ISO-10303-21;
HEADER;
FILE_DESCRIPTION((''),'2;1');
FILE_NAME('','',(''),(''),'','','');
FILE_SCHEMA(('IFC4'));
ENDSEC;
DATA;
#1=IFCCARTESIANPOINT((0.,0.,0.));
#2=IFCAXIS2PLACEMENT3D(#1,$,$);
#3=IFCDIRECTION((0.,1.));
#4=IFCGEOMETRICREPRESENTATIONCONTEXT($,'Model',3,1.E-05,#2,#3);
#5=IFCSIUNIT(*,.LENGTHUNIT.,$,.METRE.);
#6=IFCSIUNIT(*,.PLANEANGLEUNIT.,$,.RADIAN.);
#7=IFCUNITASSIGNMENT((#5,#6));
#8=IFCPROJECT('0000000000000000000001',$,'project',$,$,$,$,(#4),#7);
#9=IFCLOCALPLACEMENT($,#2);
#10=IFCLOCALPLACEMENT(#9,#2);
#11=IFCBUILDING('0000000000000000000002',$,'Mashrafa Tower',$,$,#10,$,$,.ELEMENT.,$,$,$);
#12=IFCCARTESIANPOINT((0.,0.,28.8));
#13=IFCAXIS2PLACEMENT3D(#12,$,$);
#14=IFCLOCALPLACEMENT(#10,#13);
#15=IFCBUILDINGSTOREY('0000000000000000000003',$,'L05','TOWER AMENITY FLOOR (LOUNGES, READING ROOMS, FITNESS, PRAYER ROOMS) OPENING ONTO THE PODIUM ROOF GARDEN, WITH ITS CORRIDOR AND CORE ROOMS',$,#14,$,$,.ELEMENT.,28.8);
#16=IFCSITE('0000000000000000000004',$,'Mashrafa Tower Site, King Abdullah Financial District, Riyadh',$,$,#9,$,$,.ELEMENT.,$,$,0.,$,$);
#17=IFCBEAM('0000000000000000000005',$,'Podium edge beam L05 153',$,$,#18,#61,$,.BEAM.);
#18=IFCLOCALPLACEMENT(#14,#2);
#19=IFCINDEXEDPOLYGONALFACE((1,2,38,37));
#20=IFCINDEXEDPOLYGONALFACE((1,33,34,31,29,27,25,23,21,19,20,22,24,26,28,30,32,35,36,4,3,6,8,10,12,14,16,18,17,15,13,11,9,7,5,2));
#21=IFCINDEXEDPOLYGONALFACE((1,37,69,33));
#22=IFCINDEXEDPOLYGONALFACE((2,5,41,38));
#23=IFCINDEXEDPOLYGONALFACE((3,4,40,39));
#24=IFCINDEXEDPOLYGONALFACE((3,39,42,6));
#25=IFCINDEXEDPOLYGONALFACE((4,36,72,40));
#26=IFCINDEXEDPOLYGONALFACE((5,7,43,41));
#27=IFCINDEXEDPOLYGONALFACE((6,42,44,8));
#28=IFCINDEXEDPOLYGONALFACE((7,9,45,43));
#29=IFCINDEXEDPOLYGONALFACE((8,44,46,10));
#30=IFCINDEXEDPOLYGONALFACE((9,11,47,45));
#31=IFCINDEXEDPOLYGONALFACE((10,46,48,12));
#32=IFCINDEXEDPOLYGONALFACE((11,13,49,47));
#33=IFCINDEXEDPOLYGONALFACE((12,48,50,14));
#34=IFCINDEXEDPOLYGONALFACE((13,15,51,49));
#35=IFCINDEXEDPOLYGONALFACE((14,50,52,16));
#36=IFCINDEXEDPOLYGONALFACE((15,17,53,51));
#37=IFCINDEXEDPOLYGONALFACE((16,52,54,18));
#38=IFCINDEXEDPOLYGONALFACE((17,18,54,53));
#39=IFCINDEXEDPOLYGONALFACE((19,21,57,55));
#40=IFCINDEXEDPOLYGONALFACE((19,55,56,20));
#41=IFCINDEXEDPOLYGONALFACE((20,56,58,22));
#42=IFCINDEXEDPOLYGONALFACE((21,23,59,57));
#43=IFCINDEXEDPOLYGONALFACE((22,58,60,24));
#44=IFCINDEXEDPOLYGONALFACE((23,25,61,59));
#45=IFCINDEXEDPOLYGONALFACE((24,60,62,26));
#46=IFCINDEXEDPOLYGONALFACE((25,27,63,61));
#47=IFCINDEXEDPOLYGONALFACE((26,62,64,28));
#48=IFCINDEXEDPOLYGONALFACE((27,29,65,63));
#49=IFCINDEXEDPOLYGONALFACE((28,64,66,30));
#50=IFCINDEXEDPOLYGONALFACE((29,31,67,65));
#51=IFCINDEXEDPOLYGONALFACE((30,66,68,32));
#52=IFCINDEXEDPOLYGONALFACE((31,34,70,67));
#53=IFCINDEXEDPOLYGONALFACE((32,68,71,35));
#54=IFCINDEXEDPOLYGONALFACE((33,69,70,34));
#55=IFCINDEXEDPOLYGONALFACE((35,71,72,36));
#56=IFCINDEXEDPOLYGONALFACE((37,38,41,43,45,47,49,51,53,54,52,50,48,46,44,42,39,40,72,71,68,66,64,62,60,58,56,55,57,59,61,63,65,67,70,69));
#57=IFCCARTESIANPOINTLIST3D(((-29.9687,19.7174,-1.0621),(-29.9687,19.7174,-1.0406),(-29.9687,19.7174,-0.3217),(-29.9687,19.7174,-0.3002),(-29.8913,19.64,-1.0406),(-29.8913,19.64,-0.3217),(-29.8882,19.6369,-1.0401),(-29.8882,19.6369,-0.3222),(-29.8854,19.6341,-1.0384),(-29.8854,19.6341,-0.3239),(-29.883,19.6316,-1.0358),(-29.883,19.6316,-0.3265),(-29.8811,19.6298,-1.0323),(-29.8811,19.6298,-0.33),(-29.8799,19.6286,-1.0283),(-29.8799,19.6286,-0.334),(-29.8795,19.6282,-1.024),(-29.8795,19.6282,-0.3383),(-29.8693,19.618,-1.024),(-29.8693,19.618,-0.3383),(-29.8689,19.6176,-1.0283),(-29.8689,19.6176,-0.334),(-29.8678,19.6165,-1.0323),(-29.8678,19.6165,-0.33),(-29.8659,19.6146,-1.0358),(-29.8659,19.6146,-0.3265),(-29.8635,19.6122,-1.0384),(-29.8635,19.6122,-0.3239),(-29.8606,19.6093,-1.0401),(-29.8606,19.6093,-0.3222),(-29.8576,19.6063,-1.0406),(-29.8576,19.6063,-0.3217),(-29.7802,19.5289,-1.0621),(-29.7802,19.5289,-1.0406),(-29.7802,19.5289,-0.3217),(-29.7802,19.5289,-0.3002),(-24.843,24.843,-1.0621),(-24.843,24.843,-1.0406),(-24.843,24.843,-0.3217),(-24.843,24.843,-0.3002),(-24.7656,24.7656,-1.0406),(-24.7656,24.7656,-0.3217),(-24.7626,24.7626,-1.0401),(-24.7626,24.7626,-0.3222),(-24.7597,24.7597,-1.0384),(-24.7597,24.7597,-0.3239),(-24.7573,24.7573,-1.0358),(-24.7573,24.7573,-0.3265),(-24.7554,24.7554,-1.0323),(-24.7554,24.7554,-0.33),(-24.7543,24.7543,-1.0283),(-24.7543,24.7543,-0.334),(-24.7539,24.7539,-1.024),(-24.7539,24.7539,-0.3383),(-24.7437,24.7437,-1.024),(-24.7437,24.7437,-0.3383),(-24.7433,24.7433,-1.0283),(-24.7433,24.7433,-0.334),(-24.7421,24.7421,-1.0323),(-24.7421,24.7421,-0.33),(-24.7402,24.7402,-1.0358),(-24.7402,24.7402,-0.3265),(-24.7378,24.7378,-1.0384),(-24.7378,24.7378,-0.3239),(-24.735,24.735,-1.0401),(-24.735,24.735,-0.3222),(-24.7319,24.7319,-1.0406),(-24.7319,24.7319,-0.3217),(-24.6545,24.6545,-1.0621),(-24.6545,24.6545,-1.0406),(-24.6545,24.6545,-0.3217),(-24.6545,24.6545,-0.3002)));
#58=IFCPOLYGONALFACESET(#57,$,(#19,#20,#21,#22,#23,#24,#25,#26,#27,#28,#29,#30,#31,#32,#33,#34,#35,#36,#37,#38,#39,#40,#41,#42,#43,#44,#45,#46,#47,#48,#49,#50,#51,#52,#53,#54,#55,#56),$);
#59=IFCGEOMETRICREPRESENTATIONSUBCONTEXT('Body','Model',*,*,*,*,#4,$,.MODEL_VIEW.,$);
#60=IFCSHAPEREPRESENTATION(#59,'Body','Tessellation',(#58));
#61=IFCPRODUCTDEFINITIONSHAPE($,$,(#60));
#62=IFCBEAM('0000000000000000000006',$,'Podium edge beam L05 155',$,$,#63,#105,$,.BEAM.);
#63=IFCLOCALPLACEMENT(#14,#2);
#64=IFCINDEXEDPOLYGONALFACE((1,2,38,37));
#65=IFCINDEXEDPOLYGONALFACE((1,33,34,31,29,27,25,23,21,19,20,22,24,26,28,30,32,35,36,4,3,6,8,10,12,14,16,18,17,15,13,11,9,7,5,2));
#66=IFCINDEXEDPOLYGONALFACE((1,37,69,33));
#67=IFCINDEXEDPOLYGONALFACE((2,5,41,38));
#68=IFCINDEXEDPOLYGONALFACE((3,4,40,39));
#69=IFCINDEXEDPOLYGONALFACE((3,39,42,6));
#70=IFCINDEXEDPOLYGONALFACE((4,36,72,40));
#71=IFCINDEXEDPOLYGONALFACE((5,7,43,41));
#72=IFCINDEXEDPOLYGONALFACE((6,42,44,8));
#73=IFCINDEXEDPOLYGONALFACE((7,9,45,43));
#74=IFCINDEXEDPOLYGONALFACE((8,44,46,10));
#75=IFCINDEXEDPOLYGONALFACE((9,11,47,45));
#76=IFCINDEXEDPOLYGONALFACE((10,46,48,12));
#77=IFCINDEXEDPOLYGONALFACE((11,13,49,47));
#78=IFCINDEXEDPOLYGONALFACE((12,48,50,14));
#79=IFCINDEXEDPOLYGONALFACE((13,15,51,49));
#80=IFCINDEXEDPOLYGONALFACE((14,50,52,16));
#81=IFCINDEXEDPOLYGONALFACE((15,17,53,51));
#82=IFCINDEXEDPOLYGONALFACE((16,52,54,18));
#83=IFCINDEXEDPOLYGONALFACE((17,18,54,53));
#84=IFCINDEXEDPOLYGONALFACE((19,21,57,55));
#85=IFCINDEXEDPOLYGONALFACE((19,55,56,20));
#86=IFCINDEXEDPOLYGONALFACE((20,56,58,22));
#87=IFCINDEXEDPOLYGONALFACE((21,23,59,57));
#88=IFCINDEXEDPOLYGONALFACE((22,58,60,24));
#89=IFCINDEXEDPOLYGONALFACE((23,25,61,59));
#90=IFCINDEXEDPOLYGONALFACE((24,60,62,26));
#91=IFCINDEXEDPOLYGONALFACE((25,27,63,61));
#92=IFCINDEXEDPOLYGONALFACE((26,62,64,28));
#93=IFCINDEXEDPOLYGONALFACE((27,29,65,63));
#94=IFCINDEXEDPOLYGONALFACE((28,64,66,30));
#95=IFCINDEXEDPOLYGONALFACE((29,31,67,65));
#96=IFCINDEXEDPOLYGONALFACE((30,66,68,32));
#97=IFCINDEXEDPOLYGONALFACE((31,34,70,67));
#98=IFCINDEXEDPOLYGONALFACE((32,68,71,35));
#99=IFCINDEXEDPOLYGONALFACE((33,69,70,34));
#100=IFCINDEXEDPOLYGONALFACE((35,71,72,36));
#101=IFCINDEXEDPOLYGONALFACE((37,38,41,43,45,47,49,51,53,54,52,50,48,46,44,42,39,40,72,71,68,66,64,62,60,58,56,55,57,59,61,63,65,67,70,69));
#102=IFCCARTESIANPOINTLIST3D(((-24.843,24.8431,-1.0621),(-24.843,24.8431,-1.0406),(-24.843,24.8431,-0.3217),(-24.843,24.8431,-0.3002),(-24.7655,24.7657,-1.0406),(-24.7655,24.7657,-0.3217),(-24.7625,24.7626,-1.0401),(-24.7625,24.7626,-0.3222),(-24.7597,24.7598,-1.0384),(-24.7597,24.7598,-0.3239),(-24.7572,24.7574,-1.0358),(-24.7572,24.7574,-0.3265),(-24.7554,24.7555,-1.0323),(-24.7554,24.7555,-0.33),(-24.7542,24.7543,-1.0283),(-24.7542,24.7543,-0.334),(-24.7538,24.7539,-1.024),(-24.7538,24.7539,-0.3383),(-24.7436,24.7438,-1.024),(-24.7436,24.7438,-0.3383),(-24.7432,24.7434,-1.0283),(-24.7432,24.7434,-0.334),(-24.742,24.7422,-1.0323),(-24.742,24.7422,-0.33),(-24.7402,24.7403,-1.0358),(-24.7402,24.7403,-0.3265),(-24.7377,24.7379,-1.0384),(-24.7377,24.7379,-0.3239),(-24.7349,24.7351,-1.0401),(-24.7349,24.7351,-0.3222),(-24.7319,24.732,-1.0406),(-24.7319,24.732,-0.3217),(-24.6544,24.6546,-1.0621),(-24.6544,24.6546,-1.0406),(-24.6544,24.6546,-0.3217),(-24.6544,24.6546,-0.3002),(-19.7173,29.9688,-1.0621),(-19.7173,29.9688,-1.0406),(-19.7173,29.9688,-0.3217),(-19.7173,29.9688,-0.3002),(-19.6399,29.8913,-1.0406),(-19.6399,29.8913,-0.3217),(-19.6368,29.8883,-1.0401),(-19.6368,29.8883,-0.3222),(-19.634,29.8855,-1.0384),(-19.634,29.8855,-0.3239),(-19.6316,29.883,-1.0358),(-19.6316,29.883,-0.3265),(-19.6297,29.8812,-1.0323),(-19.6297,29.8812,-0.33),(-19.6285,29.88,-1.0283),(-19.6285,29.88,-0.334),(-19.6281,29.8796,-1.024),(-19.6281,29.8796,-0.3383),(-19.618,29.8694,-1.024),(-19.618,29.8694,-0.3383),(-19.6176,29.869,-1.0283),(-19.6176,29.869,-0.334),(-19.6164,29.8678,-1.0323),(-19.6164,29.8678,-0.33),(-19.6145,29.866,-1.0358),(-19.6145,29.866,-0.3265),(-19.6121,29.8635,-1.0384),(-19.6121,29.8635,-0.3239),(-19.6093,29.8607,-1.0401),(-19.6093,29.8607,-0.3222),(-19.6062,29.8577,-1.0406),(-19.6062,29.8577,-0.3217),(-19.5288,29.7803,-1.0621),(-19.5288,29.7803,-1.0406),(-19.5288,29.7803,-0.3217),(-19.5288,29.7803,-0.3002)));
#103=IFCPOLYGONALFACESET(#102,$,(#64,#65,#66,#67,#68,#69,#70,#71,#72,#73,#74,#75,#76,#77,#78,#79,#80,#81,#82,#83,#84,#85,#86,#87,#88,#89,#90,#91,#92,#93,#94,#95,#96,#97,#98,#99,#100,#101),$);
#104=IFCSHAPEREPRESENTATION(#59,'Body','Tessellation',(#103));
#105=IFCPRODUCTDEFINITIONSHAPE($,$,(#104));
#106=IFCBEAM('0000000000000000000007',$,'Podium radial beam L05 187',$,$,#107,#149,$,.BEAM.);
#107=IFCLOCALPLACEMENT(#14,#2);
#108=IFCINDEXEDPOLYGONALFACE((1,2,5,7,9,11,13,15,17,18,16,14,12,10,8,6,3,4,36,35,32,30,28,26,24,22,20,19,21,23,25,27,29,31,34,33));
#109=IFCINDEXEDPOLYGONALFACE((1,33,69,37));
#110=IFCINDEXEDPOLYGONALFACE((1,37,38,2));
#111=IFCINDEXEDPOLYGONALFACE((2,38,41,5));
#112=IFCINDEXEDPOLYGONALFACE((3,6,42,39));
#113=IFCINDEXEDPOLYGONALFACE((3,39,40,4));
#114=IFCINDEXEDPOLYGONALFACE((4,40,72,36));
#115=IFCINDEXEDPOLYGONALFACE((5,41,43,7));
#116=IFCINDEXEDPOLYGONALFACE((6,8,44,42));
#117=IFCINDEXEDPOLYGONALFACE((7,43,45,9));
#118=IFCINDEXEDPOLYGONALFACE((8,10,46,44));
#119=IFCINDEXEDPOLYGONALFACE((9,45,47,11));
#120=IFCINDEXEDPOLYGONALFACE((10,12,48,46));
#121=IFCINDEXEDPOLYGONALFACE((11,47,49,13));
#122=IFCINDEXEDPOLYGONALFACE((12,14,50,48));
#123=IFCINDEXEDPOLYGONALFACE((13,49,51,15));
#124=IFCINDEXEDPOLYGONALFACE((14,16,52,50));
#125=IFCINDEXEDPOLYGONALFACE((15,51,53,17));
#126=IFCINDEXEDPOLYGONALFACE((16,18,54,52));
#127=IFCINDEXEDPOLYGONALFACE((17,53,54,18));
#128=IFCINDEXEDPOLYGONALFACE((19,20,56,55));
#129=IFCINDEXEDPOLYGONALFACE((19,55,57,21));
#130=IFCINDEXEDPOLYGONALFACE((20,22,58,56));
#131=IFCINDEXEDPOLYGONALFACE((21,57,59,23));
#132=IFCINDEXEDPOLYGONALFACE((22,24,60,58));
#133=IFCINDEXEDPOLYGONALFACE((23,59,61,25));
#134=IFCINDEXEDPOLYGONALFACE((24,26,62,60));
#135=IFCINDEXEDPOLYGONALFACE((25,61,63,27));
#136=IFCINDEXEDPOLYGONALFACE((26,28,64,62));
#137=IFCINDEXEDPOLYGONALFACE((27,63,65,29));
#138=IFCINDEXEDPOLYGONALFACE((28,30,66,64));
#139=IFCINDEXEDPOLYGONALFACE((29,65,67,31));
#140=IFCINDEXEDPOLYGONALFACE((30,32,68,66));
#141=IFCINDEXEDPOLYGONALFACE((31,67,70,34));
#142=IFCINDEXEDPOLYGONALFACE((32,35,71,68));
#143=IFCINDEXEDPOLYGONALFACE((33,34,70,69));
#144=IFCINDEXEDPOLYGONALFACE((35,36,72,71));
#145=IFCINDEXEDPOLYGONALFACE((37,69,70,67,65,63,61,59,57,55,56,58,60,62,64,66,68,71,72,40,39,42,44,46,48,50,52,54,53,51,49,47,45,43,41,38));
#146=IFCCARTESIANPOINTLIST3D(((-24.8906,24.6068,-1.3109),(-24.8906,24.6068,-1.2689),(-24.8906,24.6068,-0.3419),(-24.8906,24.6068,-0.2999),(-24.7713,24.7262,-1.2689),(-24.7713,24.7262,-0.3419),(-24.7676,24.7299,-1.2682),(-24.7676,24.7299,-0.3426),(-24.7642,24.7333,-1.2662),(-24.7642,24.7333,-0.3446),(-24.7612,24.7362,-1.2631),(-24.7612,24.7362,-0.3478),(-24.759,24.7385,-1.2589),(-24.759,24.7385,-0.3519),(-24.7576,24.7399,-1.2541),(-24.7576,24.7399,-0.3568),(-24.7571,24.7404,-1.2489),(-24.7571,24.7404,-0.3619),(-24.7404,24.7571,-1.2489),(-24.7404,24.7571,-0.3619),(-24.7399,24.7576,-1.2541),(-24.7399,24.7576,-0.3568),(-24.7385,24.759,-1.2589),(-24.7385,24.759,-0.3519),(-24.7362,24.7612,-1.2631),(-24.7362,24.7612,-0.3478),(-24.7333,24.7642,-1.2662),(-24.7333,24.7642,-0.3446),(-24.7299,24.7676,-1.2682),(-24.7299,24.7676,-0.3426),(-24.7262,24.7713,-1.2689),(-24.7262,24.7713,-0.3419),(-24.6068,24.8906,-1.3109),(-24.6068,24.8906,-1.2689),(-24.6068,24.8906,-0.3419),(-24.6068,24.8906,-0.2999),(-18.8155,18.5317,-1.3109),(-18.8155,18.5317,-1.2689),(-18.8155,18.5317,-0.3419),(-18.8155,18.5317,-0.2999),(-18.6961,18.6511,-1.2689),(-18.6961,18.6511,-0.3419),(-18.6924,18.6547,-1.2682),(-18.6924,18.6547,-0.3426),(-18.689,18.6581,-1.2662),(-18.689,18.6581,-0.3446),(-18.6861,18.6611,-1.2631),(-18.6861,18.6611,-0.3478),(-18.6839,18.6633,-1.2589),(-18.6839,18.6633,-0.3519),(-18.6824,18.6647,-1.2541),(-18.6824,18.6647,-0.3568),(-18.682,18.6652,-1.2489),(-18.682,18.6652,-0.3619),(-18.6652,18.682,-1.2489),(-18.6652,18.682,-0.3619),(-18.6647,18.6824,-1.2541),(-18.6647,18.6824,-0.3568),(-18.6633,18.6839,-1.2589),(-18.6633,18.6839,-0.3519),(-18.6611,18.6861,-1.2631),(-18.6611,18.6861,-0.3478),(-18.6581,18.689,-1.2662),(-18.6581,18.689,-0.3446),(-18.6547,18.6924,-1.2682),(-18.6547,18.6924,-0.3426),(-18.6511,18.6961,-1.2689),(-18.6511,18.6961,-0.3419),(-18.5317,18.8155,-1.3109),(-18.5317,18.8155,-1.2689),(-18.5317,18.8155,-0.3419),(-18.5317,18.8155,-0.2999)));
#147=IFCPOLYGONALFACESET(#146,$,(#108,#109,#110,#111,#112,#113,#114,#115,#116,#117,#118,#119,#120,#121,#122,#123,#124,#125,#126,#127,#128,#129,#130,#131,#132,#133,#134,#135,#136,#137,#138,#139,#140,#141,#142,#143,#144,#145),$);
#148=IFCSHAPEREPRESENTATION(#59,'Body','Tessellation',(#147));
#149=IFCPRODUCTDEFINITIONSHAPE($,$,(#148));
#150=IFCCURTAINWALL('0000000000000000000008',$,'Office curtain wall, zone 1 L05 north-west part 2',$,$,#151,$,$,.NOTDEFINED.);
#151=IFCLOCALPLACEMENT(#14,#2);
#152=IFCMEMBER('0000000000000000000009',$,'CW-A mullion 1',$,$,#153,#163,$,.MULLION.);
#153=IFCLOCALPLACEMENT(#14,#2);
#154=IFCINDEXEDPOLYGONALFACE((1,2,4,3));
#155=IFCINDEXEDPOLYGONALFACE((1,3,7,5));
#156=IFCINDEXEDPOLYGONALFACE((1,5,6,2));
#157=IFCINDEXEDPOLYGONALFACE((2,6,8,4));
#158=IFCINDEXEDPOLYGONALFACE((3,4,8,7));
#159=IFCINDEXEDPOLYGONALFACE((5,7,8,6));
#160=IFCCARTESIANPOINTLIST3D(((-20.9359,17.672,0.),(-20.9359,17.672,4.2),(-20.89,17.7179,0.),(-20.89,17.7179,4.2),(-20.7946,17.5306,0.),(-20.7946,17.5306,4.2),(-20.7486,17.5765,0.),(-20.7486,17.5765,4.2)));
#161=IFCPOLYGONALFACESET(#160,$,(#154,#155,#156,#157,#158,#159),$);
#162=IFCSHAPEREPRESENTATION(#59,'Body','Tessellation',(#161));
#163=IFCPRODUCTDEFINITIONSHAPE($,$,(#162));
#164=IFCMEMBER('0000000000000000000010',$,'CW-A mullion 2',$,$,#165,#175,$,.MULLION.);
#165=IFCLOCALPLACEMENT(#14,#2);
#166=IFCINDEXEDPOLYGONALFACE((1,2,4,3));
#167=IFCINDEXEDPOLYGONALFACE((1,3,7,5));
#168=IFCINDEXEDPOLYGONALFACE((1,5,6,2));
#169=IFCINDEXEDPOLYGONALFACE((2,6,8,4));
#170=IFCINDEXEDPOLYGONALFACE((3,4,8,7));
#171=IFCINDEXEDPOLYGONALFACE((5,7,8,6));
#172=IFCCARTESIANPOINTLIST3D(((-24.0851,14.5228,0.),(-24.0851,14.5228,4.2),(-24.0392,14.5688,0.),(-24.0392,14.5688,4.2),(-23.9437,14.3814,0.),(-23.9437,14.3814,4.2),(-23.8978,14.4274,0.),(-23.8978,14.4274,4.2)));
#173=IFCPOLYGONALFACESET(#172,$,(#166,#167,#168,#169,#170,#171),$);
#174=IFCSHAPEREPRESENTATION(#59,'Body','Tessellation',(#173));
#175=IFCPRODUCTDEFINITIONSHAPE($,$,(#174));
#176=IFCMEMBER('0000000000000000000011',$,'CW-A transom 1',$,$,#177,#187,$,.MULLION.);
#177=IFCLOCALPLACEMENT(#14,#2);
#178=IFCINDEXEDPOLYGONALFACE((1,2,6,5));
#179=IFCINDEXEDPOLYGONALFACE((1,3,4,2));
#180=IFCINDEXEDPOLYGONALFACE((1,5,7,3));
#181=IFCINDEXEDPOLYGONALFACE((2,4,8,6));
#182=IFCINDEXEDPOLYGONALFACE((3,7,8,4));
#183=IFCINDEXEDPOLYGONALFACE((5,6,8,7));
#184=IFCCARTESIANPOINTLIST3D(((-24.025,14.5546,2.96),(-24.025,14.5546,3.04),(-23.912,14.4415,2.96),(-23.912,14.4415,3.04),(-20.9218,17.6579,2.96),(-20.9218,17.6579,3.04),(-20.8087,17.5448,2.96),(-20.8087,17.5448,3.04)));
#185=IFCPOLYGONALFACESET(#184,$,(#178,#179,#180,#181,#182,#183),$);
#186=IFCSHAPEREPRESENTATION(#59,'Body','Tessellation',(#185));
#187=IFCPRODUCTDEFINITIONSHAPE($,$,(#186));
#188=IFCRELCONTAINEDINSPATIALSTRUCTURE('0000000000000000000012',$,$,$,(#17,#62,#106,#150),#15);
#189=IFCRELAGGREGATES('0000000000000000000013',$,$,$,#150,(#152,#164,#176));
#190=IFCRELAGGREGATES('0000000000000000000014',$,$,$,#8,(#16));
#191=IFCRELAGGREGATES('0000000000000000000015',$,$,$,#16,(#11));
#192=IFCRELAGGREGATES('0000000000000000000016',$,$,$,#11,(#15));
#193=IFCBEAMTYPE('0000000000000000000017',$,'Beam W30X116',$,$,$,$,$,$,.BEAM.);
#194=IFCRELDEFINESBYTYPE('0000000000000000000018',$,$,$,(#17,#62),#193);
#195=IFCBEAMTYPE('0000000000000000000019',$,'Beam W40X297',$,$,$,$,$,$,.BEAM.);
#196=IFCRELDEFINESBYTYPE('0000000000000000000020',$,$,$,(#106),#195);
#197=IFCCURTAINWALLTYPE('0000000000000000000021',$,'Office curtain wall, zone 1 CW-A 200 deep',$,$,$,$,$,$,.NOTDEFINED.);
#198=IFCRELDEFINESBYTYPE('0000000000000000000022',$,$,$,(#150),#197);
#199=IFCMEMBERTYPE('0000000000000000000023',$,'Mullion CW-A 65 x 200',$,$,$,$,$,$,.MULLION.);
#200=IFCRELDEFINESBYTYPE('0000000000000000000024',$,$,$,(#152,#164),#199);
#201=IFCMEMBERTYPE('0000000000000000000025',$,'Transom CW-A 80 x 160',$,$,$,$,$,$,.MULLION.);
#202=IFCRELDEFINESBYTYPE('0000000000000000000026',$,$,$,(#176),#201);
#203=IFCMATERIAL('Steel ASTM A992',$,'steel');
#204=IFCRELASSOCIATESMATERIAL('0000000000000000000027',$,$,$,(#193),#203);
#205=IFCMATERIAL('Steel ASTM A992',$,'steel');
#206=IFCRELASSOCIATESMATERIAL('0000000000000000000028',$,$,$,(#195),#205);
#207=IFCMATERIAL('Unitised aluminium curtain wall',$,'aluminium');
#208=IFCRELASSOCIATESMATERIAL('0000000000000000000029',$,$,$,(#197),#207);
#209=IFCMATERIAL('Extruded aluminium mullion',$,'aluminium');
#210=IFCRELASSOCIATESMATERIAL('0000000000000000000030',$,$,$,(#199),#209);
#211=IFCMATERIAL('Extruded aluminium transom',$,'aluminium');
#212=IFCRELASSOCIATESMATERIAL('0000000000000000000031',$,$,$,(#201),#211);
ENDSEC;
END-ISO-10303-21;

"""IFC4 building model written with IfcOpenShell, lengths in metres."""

from ifc_helpers import new_model, si_unit, direction, frame, origin, origin_2d, place, context, subcontext, project, spatial, rectangle, i_section, extrude, source, transform, mapped, material, material_profile, profile_set, type_object, type_shapes, element, aggregate, save


model = new_model("IFC4")

# Units and contexts
model_context = context("Model", 3, precision=1e-05, world=origin(), true_north=direction((0.0, 1.0)))
body_context = subcontext(model_context, "Body", "Model", "MODEL_VIEW")
ifc_project = project(units=[si_unit("LENGTHUNIT", "METRE"), si_unit("PLANEANGLEUNIT", "RADIAN")], contexts=[model_context])

# Site, building, storey
site_placement = place(None, origin())
site = spatial("IfcSite", under=ifc_project, at=site_placement, Name="Mashrafa Tower Site, King Abdullah Financial District, Riyadh", CompositionType="ELEMENT", RefElevation=0.0)
building_placement = place(site_placement, origin())
building = spatial("IfcBuilding", under=site, at=building_placement, Name="Mashrafa Tower", CompositionType="ELEMENT")
storey_placement = place(building_placement, frame((0.0, 0.0, 28.8)))
storey = spatial("IfcBuildingStorey", under=building, at=storey_placement, Name="L05", Description="TOWER AMENITY FLOOR (LOUNGES, READING ROOMS, FITNESS, PRAYER ROOMS) OPENING ONTO THE PODIUM ROOF GARDEN, WITH ITS CORRIDOR AND CORE ROOMS", CompositionType="ELEMENT", Elevation=28.8)

# Beams
ifc_material_1 = material(Name="Steel ASTM A992", Category="steel")
ifc_material_profile_1 = material_profile(ifc_material_1, i_section(OverallWidth=0.2666, OverallDepth=0.762, WebThickness=0.0144, FlangeThickness=0.0215, FilletRadius=0.0166, at=origin_2d()), Name="W30X116")
ifc_profile_set_1 = profile_set([ifc_material_profile_1], Name="Steel ASTM A992")
beam_type_1 = type_object("IfcBeamType", Name="Beam W30X116", PredefinedType="BEAM", material=ifc_profile_set_1)
for number, where, z_axis, x_axis, name in (
    (1, (-24.7488, 24.7488, -0.6812), (-0.707107, -0.707107, 0.0), (0.707107, -0.707107, 0.0), "Podium edge beam L05 153"),
    (2, (-19.623, 29.8745, -0.6812), (-0.707107, -0.707107, 0.0), (0.707107, -0.707107, 0.0), "Podium edge beam L05 155"),
):
    element("IfcBeam", number, at=place(storey_placement, frame(where, z_axis=z_axis, x_axis=x_axis)), inside=storey, type_object=beam_type_1, Name=name, PredefinedType="BEAM", context=body_context, shape_type="SweptSolid", body=[
        extrude(i_section(OverallWidth=0.2666, OverallDepth=0.762, WebThickness=0.0144, FlangeThickness=0.0215, FilletRadius=0.0166, at=origin_2d()), origin(), (0.0, 0.0, 1.0), 7.2488),
    ])
ifc_material_2 = material(Name="Steel ASTM A992", Category="steel")
ifc_material_profile_2 = material_profile(ifc_material_2, i_section(OverallWidth=0.4014, OverallDepth=1.011, WebThickness=0.0237, FlangeThickness=0.042, FilletRadius=0.02, at=origin_2d()), Name="W40X297")
ifc_profile_set_2 = profile_set([ifc_material_profile_2], Name="Steel ASTM A992")
beam_type_2 = type_object("IfcBeamType", Name="Beam W40X297", PredefinedType="BEAM", material=ifc_profile_set_2)
beam_1_placement = place(storey_placement, frame((-18.6736, 18.6736, -0.8054), z_axis=(-0.707107, 0.707107, 0.0), x_axis=(-0.707107, -0.707107, 0.0)))
element("IfcBeam", 3, at=beam_1_placement, inside=storey, type_object=beam_type_2, Name="Podium radial beam L05 187", PredefinedType="BEAM", context=body_context, shape_type="SweptSolid", body=[
    extrude(i_section(OverallWidth=0.4014, OverallDepth=1.011, WebThickness=0.0237, FlangeThickness=0.042, FilletRadius=0.02, at=origin_2d()), origin(), (0.0, 0.0, 1.0), 8.5916),
])

# Curtain wall, members
ifc_material_3 = material(Name="Unitised aluminium curtain wall", Category="aluminium")
curtain_wall_type = type_object("IfcCurtainWallType", Name="Office curtain wall, zone 1 CW-A 200 deep", PredefinedType="NOTDEFINED", material=ifc_material_3)
curtain_wall_placement = place(storey_placement, origin())
curtain_wall = element("IfcCurtainWall", 4, at=curtain_wall_placement, inside=storey, type_object=curtain_wall_type, Name="Office curtain wall, zone 1 L05 north-west part 2", PredefinedType="NOTDEFINED")
ifc_material_4 = material(Name="Extruded aluminium mullion", Category="aluminium")
ifc_material_profile_3 = material_profile(ifc_material_4, rectangle(XDim=0.2, YDim=0.0649, at=origin_2d()), Name="Mullion 65x200")
ifc_profile_set_3 = profile_set([ifc_material_profile_3], Name="Extruded aluminium mullion")
member_type_1 = type_object("IfcMemberType", Name="Mullion CW-A 65 x 200", PredefinedType="MULLION", material=ifc_profile_set_3)
shared_shape_1 = source(origin(), body_context, "Body", "SweptSolid", [
    extrude(rectangle(XDim=0.2, YDim=0.0649, at=origin_2d()), origin(), (0.0, 0.0, 1.0), 4.2),
])
type_shapes(member_type_1, [shared_shape_1])
member_1_placement = place(storey_placement, frame((-20.8423, 17.6243, 0.0), z_axis=(0.0, 0.0, 1.0), x_axis=(0.707107, -0.707107, 0.0)))
member_1 = element("IfcMember", 5, at=member_1_placement, type_object=member_type_1, Name="CW-A mullion 1", PredefinedType="MULLION", context=body_context, shape_type="MappedRepresentation", body=[
    mapped(shared_shape_1, transform((0.0, 0.0, 0.0))),
])
member_2_placement = place(storey_placement, frame((-23.9915, 14.4751, 0.0), z_axis=(0.0, 0.0, 1.0), x_axis=(0.707107, -0.707107, 0.0)))
member_2 = element("IfcMember", 6, at=member_2_placement, type_object=member_type_1, Name="CW-A mullion 2", PredefinedType="MULLION", context=body_context, shape_type="MappedRepresentation", body=[
    mapped(shared_shape_1, transform((0.0, 0.0, 0.0))),
])
ifc_material_5 = material(Name="Extruded aluminium transom", Category="aluminium")
ifc_material_profile_4 = material_profile(ifc_material_5, rectangle(XDim=0.1599, YDim=0.0801, at=origin_2d()), Name="Transom 80x160")
ifc_profile_set_4 = profile_set([ifc_material_profile_4], Name="Extruded aluminium transom")
member_type_2 = type_object("IfcMemberType", Name="Transom CW-A 80 x 160", PredefinedType="MULLION", material=ifc_profile_set_4)
shared_shape_2 = source(origin(), body_context, "Body", "SweptSolid", [
    extrude(rectangle(XDim=0.1599, YDim=0.0801, at=origin_2d()), origin(), (0.0, 0.0, 1.0), 4.3887),
])
type_shapes(member_type_2, [shared_shape_2])
member_3_placement = place(storey_placement, frame((-20.8652, 17.6013, 3.0), z_axis=(-0.707107, -0.707107, 0.0), x_axis=(0.707107, -0.707107, 0.0)))
member_3 = element("IfcMember", 7, at=member_3_placement, type_object=member_type_2, Name="CW-A transom 1", PredefinedType="MULLION", context=body_context, shape_type="MappedRepresentation", body=[
    mapped(shared_shape_2, transform((0.0, 0.0, 0.0))),
])
aggregate(curtain_wall, [member_1, member_2, member_3])

save(model, "model.ifc")
